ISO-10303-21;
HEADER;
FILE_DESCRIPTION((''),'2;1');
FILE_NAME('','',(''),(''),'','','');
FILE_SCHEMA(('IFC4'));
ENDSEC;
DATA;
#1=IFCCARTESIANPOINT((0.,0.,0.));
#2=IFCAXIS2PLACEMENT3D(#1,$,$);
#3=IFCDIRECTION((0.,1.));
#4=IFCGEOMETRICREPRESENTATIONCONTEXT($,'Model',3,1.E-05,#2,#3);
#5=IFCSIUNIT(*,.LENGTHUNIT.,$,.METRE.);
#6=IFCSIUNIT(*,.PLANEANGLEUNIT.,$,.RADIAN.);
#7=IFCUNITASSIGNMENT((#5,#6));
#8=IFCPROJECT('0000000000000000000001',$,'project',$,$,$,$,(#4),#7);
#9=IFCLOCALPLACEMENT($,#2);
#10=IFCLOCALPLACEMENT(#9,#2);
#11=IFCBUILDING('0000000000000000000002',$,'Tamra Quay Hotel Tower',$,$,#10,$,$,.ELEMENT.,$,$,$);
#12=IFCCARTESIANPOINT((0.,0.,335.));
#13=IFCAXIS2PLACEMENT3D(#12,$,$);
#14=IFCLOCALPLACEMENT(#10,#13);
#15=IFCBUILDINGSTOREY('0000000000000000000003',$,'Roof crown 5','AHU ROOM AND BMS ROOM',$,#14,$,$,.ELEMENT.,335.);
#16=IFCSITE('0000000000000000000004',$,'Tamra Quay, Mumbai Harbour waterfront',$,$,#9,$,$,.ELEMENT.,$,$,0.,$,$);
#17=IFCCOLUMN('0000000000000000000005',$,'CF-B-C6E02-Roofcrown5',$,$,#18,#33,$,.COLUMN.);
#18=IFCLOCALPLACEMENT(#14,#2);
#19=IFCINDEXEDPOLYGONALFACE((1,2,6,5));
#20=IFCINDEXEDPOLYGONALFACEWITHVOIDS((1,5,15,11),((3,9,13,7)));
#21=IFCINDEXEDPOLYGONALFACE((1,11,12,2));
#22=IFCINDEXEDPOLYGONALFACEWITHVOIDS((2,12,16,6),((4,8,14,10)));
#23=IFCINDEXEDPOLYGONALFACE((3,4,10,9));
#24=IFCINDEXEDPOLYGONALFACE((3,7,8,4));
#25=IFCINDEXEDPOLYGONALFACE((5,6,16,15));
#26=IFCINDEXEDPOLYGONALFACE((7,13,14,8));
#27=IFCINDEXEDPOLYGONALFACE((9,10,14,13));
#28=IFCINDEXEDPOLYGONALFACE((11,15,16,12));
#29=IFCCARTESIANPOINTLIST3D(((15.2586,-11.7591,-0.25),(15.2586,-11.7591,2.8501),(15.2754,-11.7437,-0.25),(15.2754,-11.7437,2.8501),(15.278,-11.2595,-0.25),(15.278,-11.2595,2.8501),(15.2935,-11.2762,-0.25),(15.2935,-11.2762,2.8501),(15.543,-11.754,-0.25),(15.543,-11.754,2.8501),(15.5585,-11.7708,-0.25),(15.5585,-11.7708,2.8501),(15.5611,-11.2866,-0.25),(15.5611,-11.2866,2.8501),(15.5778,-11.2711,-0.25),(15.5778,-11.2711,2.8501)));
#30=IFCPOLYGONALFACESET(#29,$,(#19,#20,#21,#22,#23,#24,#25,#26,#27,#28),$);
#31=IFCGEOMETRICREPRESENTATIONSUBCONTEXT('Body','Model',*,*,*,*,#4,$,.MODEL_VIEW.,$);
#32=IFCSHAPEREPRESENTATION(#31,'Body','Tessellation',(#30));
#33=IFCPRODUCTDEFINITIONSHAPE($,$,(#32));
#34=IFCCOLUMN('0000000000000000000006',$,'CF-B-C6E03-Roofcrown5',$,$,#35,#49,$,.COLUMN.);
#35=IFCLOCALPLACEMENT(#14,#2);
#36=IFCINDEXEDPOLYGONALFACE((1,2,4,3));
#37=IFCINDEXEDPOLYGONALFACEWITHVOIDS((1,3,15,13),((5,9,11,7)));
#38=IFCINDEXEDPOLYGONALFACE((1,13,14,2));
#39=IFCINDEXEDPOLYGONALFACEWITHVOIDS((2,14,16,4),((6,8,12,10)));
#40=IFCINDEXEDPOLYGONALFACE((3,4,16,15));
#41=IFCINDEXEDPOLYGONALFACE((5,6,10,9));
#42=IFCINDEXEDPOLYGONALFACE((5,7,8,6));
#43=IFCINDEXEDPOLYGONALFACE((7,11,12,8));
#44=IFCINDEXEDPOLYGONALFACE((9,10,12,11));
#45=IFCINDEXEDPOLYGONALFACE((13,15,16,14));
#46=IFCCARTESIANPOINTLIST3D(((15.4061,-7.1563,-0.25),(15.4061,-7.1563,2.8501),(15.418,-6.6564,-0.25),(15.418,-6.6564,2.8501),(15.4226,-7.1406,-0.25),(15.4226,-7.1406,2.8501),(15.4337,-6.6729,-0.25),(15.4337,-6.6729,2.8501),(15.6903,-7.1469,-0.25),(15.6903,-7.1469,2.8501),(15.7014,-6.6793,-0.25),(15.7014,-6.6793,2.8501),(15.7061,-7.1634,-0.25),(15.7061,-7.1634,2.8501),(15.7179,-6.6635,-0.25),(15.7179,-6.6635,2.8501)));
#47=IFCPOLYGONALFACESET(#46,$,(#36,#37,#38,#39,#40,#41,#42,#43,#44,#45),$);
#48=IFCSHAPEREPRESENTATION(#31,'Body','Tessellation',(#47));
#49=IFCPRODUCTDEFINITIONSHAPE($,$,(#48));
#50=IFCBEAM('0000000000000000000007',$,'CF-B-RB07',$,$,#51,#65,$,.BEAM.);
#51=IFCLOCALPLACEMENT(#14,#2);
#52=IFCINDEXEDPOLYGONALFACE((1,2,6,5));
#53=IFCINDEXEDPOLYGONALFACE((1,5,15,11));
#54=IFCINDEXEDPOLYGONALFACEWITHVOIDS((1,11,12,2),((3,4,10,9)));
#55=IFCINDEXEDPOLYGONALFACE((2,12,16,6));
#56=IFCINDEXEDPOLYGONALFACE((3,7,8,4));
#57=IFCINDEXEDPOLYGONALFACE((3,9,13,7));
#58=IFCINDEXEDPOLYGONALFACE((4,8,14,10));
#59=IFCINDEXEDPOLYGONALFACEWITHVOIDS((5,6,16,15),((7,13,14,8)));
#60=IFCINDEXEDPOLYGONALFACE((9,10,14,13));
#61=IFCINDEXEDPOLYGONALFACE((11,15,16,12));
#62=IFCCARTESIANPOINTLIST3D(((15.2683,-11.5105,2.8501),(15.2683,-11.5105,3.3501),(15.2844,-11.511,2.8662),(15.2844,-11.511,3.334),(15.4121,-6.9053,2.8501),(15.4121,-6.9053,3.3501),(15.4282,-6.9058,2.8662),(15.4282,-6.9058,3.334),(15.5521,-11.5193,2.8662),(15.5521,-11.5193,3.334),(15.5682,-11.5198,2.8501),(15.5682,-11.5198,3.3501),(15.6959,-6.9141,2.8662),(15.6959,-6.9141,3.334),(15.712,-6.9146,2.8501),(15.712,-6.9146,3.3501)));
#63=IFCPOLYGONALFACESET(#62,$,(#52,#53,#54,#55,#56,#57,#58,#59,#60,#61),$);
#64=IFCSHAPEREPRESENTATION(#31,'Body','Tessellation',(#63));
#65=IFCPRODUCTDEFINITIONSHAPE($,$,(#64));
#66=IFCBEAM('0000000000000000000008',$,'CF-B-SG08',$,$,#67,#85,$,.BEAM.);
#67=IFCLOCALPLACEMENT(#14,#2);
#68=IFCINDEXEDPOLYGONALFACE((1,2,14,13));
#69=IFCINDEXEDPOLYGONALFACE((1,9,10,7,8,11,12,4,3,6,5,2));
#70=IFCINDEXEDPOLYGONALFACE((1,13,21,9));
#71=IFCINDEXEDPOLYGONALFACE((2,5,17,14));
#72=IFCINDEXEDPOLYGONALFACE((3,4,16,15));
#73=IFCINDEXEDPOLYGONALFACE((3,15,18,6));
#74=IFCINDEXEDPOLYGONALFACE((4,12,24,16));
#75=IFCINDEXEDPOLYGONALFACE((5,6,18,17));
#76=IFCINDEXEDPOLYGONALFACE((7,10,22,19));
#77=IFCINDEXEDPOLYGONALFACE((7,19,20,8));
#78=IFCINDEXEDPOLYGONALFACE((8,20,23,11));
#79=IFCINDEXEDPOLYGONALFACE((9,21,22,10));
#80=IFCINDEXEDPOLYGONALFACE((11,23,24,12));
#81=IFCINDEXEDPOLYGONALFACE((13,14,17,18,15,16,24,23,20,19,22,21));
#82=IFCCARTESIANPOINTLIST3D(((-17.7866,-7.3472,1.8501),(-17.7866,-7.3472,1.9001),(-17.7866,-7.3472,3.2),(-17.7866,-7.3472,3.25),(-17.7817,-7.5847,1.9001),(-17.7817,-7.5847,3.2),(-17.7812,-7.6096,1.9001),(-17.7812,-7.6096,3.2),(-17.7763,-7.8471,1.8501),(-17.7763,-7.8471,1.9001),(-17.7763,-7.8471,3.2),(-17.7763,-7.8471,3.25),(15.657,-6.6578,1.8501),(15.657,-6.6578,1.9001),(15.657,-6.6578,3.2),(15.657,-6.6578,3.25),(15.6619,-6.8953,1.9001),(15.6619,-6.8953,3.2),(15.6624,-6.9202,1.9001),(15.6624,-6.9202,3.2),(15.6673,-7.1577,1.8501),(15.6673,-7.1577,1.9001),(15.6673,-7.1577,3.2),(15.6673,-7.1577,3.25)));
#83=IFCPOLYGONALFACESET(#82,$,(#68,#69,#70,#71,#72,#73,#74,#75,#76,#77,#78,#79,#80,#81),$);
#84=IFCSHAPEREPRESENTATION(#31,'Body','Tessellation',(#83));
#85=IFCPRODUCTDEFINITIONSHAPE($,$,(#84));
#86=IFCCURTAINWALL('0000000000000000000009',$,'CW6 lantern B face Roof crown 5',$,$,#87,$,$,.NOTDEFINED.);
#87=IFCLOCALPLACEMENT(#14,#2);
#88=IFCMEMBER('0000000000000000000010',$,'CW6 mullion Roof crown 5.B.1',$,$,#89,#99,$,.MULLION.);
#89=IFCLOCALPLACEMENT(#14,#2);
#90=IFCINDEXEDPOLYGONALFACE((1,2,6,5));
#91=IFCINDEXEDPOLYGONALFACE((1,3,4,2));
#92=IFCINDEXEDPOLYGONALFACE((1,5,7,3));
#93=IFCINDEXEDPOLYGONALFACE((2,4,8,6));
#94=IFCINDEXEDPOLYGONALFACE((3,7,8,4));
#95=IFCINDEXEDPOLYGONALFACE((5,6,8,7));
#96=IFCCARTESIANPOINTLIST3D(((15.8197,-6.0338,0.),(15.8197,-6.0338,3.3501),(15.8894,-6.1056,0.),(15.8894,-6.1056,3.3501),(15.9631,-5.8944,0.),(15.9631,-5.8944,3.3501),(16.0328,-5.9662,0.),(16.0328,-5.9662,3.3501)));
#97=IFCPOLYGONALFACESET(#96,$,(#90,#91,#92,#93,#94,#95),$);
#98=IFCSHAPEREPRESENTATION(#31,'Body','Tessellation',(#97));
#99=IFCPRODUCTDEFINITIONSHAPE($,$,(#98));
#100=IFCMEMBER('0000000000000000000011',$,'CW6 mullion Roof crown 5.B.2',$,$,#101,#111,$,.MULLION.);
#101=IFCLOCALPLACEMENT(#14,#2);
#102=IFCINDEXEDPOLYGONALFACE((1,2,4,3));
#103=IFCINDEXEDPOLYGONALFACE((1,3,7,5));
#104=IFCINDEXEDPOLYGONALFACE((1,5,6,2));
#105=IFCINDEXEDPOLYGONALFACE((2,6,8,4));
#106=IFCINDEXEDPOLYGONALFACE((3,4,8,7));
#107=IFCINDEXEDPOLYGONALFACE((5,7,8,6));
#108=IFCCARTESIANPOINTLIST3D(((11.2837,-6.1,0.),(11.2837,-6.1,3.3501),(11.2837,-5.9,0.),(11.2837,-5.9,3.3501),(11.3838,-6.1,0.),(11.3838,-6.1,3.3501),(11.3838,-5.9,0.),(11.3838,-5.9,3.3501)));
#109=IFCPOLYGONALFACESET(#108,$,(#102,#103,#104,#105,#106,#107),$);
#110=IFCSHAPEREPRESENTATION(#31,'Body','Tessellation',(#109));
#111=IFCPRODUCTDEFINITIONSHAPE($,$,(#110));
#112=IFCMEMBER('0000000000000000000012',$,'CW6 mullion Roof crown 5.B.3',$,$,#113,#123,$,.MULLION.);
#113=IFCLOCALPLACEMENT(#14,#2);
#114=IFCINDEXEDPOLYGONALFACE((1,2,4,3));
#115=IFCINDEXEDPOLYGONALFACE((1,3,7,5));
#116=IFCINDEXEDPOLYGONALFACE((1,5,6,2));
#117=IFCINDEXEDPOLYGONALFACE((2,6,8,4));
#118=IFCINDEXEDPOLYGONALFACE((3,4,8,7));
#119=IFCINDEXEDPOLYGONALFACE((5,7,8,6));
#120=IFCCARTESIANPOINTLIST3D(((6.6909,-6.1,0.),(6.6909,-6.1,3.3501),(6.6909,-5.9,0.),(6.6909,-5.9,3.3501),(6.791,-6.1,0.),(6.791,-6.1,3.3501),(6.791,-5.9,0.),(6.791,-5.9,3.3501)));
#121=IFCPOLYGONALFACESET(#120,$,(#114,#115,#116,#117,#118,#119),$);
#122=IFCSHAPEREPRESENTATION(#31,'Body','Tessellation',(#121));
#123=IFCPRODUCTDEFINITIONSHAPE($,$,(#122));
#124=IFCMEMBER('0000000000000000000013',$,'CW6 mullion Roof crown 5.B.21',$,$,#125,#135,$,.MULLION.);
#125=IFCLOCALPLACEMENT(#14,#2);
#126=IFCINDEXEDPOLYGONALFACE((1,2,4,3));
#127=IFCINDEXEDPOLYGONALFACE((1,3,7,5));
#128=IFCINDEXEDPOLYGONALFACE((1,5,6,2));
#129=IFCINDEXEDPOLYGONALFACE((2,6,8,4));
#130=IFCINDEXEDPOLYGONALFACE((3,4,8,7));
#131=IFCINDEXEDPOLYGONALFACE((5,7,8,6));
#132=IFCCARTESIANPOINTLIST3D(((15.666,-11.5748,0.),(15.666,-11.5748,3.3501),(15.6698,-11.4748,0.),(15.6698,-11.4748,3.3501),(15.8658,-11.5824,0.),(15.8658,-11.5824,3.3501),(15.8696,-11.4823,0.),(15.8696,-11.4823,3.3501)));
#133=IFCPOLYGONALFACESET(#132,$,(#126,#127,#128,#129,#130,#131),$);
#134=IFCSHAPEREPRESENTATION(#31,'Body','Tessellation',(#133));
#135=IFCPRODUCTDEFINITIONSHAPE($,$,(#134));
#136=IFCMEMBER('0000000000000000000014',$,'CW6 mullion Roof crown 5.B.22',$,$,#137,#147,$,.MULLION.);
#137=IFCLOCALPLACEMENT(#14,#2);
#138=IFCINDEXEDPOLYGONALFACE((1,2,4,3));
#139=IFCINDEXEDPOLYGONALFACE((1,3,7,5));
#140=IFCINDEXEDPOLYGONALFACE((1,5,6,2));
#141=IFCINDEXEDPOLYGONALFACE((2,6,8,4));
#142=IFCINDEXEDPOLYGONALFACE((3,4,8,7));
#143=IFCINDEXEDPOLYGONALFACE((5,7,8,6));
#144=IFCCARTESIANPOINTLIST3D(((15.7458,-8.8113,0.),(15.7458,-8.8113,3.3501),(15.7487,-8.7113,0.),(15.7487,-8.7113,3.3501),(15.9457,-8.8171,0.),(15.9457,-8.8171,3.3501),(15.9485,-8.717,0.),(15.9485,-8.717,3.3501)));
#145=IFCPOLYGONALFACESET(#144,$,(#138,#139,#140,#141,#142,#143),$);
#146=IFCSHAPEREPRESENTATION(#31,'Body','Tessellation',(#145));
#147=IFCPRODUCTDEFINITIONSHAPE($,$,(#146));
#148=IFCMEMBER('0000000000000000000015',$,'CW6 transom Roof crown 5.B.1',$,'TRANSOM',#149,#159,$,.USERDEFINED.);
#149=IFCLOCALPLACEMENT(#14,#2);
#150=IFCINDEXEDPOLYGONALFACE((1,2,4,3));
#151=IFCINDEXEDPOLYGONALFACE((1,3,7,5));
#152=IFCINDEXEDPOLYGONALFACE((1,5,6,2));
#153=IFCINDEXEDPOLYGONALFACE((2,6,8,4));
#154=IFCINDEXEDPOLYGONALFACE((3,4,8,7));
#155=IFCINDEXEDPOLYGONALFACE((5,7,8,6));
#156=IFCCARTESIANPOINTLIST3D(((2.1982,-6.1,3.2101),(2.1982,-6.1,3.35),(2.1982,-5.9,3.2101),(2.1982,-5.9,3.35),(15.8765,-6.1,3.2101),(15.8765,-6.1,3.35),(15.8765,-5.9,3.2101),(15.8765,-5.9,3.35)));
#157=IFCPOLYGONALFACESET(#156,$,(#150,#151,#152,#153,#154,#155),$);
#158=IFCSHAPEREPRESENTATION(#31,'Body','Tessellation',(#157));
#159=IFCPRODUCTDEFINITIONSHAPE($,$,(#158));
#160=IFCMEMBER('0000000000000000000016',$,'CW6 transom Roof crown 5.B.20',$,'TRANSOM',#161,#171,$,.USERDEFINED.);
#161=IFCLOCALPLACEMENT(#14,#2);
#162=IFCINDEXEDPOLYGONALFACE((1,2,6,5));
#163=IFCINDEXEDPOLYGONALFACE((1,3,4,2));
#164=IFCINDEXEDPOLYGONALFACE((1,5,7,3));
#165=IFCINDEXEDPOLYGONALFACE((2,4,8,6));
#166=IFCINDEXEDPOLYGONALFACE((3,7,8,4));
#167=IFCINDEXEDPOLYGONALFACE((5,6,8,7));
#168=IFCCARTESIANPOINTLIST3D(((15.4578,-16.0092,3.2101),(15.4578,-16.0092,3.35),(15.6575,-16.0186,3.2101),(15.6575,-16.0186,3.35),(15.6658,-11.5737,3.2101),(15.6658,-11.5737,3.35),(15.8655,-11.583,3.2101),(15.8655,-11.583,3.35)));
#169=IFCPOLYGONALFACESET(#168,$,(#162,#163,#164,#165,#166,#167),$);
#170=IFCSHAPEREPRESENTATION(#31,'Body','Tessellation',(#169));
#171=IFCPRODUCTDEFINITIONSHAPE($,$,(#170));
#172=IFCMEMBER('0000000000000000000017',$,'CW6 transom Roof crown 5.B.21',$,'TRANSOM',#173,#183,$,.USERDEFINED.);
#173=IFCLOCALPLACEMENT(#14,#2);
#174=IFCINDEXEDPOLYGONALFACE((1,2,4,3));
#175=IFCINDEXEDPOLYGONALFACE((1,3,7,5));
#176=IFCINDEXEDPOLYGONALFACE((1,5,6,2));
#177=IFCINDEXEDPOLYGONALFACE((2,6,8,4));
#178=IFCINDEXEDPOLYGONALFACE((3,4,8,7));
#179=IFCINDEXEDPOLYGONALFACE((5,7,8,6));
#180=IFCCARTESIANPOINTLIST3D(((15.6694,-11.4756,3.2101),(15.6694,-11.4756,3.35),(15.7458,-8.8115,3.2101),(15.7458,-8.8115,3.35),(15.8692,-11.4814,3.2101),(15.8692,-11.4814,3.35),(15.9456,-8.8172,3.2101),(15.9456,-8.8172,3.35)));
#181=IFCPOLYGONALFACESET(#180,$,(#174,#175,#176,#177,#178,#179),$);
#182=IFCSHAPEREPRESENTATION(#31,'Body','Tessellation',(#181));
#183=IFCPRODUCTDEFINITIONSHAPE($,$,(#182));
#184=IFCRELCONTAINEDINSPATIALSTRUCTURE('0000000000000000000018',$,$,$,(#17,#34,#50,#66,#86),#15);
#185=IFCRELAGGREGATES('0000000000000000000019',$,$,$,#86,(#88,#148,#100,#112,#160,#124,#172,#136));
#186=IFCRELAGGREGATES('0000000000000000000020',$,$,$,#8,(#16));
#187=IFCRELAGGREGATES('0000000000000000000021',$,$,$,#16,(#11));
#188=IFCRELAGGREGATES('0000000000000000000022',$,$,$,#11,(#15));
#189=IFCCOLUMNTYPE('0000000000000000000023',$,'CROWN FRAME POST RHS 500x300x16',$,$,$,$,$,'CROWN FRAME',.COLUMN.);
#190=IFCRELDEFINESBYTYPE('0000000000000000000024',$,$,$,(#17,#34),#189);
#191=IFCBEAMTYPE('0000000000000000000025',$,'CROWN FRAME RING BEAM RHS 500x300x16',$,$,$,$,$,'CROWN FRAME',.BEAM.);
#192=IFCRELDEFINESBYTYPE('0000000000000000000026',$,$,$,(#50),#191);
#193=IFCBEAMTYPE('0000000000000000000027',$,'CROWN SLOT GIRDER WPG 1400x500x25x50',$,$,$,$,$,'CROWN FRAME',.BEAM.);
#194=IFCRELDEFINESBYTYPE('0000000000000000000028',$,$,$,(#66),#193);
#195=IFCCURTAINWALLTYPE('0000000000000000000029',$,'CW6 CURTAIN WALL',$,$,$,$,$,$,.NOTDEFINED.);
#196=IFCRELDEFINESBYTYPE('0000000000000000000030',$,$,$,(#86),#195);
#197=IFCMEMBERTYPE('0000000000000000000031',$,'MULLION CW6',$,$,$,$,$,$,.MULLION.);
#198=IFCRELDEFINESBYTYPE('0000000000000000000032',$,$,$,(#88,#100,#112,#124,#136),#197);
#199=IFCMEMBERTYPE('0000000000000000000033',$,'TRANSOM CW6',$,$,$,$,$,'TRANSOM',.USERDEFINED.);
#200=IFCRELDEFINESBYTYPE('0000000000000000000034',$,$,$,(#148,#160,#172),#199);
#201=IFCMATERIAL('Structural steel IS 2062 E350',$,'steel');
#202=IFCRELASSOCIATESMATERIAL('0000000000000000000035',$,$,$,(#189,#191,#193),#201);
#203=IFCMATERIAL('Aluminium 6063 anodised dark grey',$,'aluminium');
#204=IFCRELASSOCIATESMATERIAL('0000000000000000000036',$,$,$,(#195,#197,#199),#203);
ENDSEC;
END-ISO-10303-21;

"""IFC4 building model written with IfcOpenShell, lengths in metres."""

from ifc_helpers import new_model, si_unit, direction, frame, origin, origin_2d, place, context, subcontext, project, spatial, rectangle, hollow_rectangle, i_section, extrude, material, material_profile, profile_set, type_object, element, aggregate, save


model = new_model("IFC4")

# Units and contexts
model_context = context("Model", 3, precision=1e-05, world=origin(), true_north=direction((0.0, 1.0)))
body_context = subcontext(model_context, "Body", "Model", "MODEL_VIEW")
ifc_project = project(units=[si_unit("LENGTHUNIT", "METRE"), si_unit("PLANEANGLEUNIT", "RADIAN")], contexts=[model_context])

# Site, building, storey
site_placement = place(None, origin())
site = spatial("IfcSite", under=ifc_project, at=site_placement, Name="Tamra Quay, Mumbai Harbour waterfront", CompositionType="ELEMENT", RefElevation=0.0)
building_placement = place(site_placement, origin())
building = spatial("IfcBuilding", under=site, at=building_placement, Name="Tamra Quay Hotel Tower", CompositionType="ELEMENT")
storey_placement = place(building_placement, frame((0.0, 0.0, 335.0)))
storey = spatial("IfcBuildingStorey", under=building, at=storey_placement, Name="Roof crown 5", Description="AHU ROOM AND BMS ROOM", CompositionType="ELEMENT", Elevation=335.0)

# Columns
ifc_material_1 = material(Name="Structural steel IS 2062 E350", Category="steel")
ifc_material_profile_1 = material_profile(ifc_material_1, hollow_rectangle(XDim=0.3, YDim=0.5, WallThickness=0.0161, at=origin_2d()), Name="RHS 500x300x16")
ifc_profile_set_1 = profile_set([ifc_material_profile_1], Name="Structural steel IS 2062 E350")
column_type = type_object("IfcColumnType", Name="CROWN FRAME POST RHS 500x300x16", ElementType="CROWN FRAME", PredefinedType="COLUMN", material=ifc_profile_set_1)
for number, where, z_axis, x_axis, name in (
    (1, (15.4182, -11.5151, -0.25), (0.0, 0.0, 1.0), (-0.999251, 0.038691, 0.0), "CF-B-C6E02-Roofcrown5"),
    (2, (15.562, -6.9099, -0.25), (0.0, 0.0, 1.0), (-0.999718, 0.023753, 0.0), "CF-B-C6E03-Roofcrown5"),
):
    element("IfcColumn", number, at=place(storey_placement, frame(where, z_axis=z_axis, x_axis=x_axis)), inside=storey, type_object=column_type, Name=name, PredefinedType="COLUMN", context=body_context, shape_type="SweptSolid", body=[
        extrude(hollow_rectangle(XDim=0.3, YDim=0.5, WallThickness=0.0161, at=origin_2d()), origin(), (0.0, 0.0, 1.0), 3.1001),
    ])

# Beams
ifc_material_profile_2 = material_profile(ifc_material_1, hollow_rectangle(XDim=0.3, YDim=0.5, WallThickness=0.0161, at=origin_2d()), Name="RHS 500x300x16")
ifc_profile_set_2 = profile_set([ifc_material_profile_2], Name="Structural steel IS 2062 E350")
beam_type_1 = type_object("IfcBeamType", Name="CROWN FRAME RING BEAM RHS 500x300x16", ElementType="CROWN FRAME", PredefinedType="BEAM", material=ifc_profile_set_2)
beam_1_placement = place(storey_placement, frame((15.4182, -11.5151, 3.1001), z_axis=(0.03121, 0.999513, 0.0), x_axis=(-0.999513, 0.03121, 0.0)))
element("IfcBeam", 3, at=beam_1_placement, inside=storey, type_object=beam_type_1, Name="CF-B-RB07", PredefinedType="BEAM", context=body_context, shape_type="SweptSolid", body=[
    extrude(hollow_rectangle(XDim=0.3, YDim=0.5, WallThickness=0.0161, at=origin_2d()), origin(), (0.0, 0.0, 1.0), 4.6074),
])
ifc_material_profile_3 = material_profile(ifc_material_1, i_section(OverallWidth=0.5, OverallDepth=1.3999, WebThickness=0.0249, FlangeThickness=0.05, at=origin_2d()), Name="WPG 1400x500x25x50")
ifc_profile_set_3 = profile_set([ifc_material_profile_3], Name="Structural steel IS 2062 E350")
beam_type_2 = type_object("IfcBeamType", Name="CROWN SLOT GIRDER WPG 1400x500x25x50", ElementType="CROWN FRAME", PredefinedType="BEAM", material=ifc_profile_set_3)
beam_2_placement = place(storey_placement, frame((15.6621, -6.9077, 2.55), z_axis=(-0.999788, -0.020611, 0.0), x_axis=(0.020611, -0.999788, 0.0)))
element("IfcBeam", 4, at=beam_2_placement, inside=storey, type_object=beam_type_2, Name="CF-B-SG08", PredefinedType="BEAM", context=body_context, shape_type="SweptSolid", body=[
    extrude(i_section(OverallWidth=0.5, OverallDepth=1.3999, WebThickness=0.0249, FlangeThickness=0.05, at=origin_2d()), origin(), (0.0, 0.0, 1.0), 33.4507),
])

# Curtain wall, members
ifc_material_2 = material(Name="Aluminium 6063 anodised dark grey", Category="aluminium")
curtain_wall_type = type_object("IfcCurtainWallType", Name="CW6 CURTAIN WALL", PredefinedType="NOTDEFINED", material=ifc_material_2)
curtain_wall_placement = place(storey_placement, origin())
curtain_wall = element("IfcCurtainWall", 5, at=curtain_wall_placement, inside=storey, type_object=curtain_wall_type, Name="CW6 lantern B face Roof crown 5", PredefinedType="NOTDEFINED")
ifc_material_profile_4 = material_profile(ifc_material_2, rectangle(XDim=0.2, YDim=0.1001, at=origin_2d()), Name="MULLION 100X200")
ifc_profile_set_4 = profile_set([ifc_material_profile_4], Name="Aluminium 6063 anodised dark grey")
member_type_1 = type_object("IfcMemberType", Name="MULLION CW6", PredefinedType="MULLION", material=ifc_profile_set_4)
member_1_placement = place(storey_placement, frame((15.9263, -6.0, 0.0), z_axis=(0.0, 0.0, 1.0), x_axis=(0.717164, 0.696904, 0.0)))
member_1 = element("IfcMember", 6, at=member_1_placement, type_object=member_type_1, Name="CW6 mullion Roof crown 5.B.1", PredefinedType="MULLION", context=body_context, shape_type="SweptSolid", body=[
    extrude(rectangle(XDim=0.2, YDim=0.1001, at=origin_2d()), origin(), (0.0, 0.0, 1.0), 3.3501),
])
member_2_placement = place(storey_placement, frame((11.3337, -6.0, 0.0), z_axis=(0.0, 0.0, 1.0), x_axis=(0.0, 1.0, 0.0)))
member_2 = element("IfcMember", 7, at=member_2_placement, type_object=member_type_1, Name="CW6 mullion Roof crown 5.B.2", PredefinedType="MULLION", context=body_context, shape_type="SweptSolid", body=[
    extrude(rectangle(XDim=0.2, YDim=0.1001, at=origin_2d()), origin(), (0.0, 0.0, 1.0), 3.3501),
])
member_3_placement = place(storey_placement, frame((6.741, -6.0, 0.0), z_axis=(0.0, 0.0, 1.0), x_axis=(0.0, 1.0, 0.0)))
member_3 = element("IfcMember", 8, at=member_3_placement, type_object=member_type_1, Name="CW6 mullion Roof crown 5.B.3", PredefinedType="MULLION", context=body_context, shape_type="SweptSolid", body=[
    extrude(rectangle(XDim=0.2, YDim=0.1001, at=origin_2d()), origin(), (0.0, 0.0, 1.0), 3.3501),
])
member_4_placement = place(storey_placement, frame((15.7678, -11.5286, 0.0), z_axis=(0.0, 0.0, 1.0), x_axis=(0.999288, -0.037737, 0.0)))
member_4 = element("IfcMember", 9, at=member_4_placement, type_object=member_type_1, Name="CW6 mullion Roof crown 5.B.21", PredefinedType="MULLION", context=body_context, shape_type="SweptSolid", body=[
    extrude(rectangle(XDim=0.2, YDim=0.1001, at=origin_2d()), origin(), (0.0, 0.0, 1.0), 3.3501),
])
member_5_placement = place(storey_placement, frame((15.8472, -8.7642, 0.0), z_axis=(0.0, 0.0, 1.0), x_axis=(0.99959, -0.02865, 0.0)))
member_5 = element("IfcMember", 10, at=member_5_placement, type_object=member_type_1, Name="CW6 mullion Roof crown 5.B.22", PredefinedType="MULLION", context=body_context, shape_type="SweptSolid", body=[
    extrude(rectangle(XDim=0.2, YDim=0.1001, at=origin_2d()), origin(), (0.0, 0.0, 1.0), 3.3501),
])
ifc_material_profile_5 = material_profile(ifc_material_2, rectangle(XDim=0.2, YDim=0.1399, at=origin_2d()), Name="TRANSOM 200X140")
ifc_profile_set_5 = profile_set([ifc_material_profile_5], Name="Aluminium 6063 anodised dark grey")
member_type_2 = type_object("IfcMemberType", Name="TRANSOM CW6", ElementType="TRANSOM", PredefinedType="USERDEFINED", material=ifc_profile_set_5)
member_6_placement = place(storey_placement, frame((15.8765, -6.0, 3.28), z_axis=(-1.0, 0.0, 0.0), x_axis=(0.0, -1.0, 0.0)))
member_6 = element("IfcMember", 11, at=member_6_placement, type_object=member_type_2, Name="CW6 transom Roof crown 5.B.1", ObjectType="TRANSOM", PredefinedType="USERDEFINED", context=body_context, shape_type="SweptSolid", body=[
    extrude(rectangle(XDim=0.2, YDim=0.1399, at=origin_2d()), origin(), (0.0, 0.0, 1.0), 13.6782),
])
member_7_placement = place(storey_placement, frame((15.5576, -16.0139, 3.28), z_axis=(0.046844, 0.998902, 0.0), x_axis=(-0.998902, 0.046844, 0.0)))
member_7 = element("IfcMember", 12, at=member_7_placement, type_object=member_type_2, Name="CW6 transom Roof crown 5.B.20", ObjectType="TRANSOM", PredefinedType="USERDEFINED", context=body_context, shape_type="SweptSolid", body=[
    extrude(rectangle(XDim=0.2, YDim=0.1399, at=origin_2d()), origin(), (0.0, 0.0, 1.0), 4.4404),
])
member_8_placement = place(storey_placement, frame((15.7693, -11.4785, 3.28), z_axis=(0.02867, 0.999589, 0.0), x_axis=(-0.999589, 0.02867, 0.0)))
member_8 = element("IfcMember", 13, at=member_8_placement, type_object=member_type_2, Name="CW6 transom Roof crown 5.B.21", ObjectType="TRANSOM", PredefinedType="USERDEFINED", context=body_context, shape_type="SweptSolid", body=[
    extrude(rectangle(XDim=0.2, YDim=0.1399, at=origin_2d()), origin(), (0.0, 0.0, 1.0), 2.6653),
])
aggregate(curtain_wall, [member_1, member_6, member_2, member_3, member_7, member_4, member_8, member_5])

save(model, "model.ifc")
